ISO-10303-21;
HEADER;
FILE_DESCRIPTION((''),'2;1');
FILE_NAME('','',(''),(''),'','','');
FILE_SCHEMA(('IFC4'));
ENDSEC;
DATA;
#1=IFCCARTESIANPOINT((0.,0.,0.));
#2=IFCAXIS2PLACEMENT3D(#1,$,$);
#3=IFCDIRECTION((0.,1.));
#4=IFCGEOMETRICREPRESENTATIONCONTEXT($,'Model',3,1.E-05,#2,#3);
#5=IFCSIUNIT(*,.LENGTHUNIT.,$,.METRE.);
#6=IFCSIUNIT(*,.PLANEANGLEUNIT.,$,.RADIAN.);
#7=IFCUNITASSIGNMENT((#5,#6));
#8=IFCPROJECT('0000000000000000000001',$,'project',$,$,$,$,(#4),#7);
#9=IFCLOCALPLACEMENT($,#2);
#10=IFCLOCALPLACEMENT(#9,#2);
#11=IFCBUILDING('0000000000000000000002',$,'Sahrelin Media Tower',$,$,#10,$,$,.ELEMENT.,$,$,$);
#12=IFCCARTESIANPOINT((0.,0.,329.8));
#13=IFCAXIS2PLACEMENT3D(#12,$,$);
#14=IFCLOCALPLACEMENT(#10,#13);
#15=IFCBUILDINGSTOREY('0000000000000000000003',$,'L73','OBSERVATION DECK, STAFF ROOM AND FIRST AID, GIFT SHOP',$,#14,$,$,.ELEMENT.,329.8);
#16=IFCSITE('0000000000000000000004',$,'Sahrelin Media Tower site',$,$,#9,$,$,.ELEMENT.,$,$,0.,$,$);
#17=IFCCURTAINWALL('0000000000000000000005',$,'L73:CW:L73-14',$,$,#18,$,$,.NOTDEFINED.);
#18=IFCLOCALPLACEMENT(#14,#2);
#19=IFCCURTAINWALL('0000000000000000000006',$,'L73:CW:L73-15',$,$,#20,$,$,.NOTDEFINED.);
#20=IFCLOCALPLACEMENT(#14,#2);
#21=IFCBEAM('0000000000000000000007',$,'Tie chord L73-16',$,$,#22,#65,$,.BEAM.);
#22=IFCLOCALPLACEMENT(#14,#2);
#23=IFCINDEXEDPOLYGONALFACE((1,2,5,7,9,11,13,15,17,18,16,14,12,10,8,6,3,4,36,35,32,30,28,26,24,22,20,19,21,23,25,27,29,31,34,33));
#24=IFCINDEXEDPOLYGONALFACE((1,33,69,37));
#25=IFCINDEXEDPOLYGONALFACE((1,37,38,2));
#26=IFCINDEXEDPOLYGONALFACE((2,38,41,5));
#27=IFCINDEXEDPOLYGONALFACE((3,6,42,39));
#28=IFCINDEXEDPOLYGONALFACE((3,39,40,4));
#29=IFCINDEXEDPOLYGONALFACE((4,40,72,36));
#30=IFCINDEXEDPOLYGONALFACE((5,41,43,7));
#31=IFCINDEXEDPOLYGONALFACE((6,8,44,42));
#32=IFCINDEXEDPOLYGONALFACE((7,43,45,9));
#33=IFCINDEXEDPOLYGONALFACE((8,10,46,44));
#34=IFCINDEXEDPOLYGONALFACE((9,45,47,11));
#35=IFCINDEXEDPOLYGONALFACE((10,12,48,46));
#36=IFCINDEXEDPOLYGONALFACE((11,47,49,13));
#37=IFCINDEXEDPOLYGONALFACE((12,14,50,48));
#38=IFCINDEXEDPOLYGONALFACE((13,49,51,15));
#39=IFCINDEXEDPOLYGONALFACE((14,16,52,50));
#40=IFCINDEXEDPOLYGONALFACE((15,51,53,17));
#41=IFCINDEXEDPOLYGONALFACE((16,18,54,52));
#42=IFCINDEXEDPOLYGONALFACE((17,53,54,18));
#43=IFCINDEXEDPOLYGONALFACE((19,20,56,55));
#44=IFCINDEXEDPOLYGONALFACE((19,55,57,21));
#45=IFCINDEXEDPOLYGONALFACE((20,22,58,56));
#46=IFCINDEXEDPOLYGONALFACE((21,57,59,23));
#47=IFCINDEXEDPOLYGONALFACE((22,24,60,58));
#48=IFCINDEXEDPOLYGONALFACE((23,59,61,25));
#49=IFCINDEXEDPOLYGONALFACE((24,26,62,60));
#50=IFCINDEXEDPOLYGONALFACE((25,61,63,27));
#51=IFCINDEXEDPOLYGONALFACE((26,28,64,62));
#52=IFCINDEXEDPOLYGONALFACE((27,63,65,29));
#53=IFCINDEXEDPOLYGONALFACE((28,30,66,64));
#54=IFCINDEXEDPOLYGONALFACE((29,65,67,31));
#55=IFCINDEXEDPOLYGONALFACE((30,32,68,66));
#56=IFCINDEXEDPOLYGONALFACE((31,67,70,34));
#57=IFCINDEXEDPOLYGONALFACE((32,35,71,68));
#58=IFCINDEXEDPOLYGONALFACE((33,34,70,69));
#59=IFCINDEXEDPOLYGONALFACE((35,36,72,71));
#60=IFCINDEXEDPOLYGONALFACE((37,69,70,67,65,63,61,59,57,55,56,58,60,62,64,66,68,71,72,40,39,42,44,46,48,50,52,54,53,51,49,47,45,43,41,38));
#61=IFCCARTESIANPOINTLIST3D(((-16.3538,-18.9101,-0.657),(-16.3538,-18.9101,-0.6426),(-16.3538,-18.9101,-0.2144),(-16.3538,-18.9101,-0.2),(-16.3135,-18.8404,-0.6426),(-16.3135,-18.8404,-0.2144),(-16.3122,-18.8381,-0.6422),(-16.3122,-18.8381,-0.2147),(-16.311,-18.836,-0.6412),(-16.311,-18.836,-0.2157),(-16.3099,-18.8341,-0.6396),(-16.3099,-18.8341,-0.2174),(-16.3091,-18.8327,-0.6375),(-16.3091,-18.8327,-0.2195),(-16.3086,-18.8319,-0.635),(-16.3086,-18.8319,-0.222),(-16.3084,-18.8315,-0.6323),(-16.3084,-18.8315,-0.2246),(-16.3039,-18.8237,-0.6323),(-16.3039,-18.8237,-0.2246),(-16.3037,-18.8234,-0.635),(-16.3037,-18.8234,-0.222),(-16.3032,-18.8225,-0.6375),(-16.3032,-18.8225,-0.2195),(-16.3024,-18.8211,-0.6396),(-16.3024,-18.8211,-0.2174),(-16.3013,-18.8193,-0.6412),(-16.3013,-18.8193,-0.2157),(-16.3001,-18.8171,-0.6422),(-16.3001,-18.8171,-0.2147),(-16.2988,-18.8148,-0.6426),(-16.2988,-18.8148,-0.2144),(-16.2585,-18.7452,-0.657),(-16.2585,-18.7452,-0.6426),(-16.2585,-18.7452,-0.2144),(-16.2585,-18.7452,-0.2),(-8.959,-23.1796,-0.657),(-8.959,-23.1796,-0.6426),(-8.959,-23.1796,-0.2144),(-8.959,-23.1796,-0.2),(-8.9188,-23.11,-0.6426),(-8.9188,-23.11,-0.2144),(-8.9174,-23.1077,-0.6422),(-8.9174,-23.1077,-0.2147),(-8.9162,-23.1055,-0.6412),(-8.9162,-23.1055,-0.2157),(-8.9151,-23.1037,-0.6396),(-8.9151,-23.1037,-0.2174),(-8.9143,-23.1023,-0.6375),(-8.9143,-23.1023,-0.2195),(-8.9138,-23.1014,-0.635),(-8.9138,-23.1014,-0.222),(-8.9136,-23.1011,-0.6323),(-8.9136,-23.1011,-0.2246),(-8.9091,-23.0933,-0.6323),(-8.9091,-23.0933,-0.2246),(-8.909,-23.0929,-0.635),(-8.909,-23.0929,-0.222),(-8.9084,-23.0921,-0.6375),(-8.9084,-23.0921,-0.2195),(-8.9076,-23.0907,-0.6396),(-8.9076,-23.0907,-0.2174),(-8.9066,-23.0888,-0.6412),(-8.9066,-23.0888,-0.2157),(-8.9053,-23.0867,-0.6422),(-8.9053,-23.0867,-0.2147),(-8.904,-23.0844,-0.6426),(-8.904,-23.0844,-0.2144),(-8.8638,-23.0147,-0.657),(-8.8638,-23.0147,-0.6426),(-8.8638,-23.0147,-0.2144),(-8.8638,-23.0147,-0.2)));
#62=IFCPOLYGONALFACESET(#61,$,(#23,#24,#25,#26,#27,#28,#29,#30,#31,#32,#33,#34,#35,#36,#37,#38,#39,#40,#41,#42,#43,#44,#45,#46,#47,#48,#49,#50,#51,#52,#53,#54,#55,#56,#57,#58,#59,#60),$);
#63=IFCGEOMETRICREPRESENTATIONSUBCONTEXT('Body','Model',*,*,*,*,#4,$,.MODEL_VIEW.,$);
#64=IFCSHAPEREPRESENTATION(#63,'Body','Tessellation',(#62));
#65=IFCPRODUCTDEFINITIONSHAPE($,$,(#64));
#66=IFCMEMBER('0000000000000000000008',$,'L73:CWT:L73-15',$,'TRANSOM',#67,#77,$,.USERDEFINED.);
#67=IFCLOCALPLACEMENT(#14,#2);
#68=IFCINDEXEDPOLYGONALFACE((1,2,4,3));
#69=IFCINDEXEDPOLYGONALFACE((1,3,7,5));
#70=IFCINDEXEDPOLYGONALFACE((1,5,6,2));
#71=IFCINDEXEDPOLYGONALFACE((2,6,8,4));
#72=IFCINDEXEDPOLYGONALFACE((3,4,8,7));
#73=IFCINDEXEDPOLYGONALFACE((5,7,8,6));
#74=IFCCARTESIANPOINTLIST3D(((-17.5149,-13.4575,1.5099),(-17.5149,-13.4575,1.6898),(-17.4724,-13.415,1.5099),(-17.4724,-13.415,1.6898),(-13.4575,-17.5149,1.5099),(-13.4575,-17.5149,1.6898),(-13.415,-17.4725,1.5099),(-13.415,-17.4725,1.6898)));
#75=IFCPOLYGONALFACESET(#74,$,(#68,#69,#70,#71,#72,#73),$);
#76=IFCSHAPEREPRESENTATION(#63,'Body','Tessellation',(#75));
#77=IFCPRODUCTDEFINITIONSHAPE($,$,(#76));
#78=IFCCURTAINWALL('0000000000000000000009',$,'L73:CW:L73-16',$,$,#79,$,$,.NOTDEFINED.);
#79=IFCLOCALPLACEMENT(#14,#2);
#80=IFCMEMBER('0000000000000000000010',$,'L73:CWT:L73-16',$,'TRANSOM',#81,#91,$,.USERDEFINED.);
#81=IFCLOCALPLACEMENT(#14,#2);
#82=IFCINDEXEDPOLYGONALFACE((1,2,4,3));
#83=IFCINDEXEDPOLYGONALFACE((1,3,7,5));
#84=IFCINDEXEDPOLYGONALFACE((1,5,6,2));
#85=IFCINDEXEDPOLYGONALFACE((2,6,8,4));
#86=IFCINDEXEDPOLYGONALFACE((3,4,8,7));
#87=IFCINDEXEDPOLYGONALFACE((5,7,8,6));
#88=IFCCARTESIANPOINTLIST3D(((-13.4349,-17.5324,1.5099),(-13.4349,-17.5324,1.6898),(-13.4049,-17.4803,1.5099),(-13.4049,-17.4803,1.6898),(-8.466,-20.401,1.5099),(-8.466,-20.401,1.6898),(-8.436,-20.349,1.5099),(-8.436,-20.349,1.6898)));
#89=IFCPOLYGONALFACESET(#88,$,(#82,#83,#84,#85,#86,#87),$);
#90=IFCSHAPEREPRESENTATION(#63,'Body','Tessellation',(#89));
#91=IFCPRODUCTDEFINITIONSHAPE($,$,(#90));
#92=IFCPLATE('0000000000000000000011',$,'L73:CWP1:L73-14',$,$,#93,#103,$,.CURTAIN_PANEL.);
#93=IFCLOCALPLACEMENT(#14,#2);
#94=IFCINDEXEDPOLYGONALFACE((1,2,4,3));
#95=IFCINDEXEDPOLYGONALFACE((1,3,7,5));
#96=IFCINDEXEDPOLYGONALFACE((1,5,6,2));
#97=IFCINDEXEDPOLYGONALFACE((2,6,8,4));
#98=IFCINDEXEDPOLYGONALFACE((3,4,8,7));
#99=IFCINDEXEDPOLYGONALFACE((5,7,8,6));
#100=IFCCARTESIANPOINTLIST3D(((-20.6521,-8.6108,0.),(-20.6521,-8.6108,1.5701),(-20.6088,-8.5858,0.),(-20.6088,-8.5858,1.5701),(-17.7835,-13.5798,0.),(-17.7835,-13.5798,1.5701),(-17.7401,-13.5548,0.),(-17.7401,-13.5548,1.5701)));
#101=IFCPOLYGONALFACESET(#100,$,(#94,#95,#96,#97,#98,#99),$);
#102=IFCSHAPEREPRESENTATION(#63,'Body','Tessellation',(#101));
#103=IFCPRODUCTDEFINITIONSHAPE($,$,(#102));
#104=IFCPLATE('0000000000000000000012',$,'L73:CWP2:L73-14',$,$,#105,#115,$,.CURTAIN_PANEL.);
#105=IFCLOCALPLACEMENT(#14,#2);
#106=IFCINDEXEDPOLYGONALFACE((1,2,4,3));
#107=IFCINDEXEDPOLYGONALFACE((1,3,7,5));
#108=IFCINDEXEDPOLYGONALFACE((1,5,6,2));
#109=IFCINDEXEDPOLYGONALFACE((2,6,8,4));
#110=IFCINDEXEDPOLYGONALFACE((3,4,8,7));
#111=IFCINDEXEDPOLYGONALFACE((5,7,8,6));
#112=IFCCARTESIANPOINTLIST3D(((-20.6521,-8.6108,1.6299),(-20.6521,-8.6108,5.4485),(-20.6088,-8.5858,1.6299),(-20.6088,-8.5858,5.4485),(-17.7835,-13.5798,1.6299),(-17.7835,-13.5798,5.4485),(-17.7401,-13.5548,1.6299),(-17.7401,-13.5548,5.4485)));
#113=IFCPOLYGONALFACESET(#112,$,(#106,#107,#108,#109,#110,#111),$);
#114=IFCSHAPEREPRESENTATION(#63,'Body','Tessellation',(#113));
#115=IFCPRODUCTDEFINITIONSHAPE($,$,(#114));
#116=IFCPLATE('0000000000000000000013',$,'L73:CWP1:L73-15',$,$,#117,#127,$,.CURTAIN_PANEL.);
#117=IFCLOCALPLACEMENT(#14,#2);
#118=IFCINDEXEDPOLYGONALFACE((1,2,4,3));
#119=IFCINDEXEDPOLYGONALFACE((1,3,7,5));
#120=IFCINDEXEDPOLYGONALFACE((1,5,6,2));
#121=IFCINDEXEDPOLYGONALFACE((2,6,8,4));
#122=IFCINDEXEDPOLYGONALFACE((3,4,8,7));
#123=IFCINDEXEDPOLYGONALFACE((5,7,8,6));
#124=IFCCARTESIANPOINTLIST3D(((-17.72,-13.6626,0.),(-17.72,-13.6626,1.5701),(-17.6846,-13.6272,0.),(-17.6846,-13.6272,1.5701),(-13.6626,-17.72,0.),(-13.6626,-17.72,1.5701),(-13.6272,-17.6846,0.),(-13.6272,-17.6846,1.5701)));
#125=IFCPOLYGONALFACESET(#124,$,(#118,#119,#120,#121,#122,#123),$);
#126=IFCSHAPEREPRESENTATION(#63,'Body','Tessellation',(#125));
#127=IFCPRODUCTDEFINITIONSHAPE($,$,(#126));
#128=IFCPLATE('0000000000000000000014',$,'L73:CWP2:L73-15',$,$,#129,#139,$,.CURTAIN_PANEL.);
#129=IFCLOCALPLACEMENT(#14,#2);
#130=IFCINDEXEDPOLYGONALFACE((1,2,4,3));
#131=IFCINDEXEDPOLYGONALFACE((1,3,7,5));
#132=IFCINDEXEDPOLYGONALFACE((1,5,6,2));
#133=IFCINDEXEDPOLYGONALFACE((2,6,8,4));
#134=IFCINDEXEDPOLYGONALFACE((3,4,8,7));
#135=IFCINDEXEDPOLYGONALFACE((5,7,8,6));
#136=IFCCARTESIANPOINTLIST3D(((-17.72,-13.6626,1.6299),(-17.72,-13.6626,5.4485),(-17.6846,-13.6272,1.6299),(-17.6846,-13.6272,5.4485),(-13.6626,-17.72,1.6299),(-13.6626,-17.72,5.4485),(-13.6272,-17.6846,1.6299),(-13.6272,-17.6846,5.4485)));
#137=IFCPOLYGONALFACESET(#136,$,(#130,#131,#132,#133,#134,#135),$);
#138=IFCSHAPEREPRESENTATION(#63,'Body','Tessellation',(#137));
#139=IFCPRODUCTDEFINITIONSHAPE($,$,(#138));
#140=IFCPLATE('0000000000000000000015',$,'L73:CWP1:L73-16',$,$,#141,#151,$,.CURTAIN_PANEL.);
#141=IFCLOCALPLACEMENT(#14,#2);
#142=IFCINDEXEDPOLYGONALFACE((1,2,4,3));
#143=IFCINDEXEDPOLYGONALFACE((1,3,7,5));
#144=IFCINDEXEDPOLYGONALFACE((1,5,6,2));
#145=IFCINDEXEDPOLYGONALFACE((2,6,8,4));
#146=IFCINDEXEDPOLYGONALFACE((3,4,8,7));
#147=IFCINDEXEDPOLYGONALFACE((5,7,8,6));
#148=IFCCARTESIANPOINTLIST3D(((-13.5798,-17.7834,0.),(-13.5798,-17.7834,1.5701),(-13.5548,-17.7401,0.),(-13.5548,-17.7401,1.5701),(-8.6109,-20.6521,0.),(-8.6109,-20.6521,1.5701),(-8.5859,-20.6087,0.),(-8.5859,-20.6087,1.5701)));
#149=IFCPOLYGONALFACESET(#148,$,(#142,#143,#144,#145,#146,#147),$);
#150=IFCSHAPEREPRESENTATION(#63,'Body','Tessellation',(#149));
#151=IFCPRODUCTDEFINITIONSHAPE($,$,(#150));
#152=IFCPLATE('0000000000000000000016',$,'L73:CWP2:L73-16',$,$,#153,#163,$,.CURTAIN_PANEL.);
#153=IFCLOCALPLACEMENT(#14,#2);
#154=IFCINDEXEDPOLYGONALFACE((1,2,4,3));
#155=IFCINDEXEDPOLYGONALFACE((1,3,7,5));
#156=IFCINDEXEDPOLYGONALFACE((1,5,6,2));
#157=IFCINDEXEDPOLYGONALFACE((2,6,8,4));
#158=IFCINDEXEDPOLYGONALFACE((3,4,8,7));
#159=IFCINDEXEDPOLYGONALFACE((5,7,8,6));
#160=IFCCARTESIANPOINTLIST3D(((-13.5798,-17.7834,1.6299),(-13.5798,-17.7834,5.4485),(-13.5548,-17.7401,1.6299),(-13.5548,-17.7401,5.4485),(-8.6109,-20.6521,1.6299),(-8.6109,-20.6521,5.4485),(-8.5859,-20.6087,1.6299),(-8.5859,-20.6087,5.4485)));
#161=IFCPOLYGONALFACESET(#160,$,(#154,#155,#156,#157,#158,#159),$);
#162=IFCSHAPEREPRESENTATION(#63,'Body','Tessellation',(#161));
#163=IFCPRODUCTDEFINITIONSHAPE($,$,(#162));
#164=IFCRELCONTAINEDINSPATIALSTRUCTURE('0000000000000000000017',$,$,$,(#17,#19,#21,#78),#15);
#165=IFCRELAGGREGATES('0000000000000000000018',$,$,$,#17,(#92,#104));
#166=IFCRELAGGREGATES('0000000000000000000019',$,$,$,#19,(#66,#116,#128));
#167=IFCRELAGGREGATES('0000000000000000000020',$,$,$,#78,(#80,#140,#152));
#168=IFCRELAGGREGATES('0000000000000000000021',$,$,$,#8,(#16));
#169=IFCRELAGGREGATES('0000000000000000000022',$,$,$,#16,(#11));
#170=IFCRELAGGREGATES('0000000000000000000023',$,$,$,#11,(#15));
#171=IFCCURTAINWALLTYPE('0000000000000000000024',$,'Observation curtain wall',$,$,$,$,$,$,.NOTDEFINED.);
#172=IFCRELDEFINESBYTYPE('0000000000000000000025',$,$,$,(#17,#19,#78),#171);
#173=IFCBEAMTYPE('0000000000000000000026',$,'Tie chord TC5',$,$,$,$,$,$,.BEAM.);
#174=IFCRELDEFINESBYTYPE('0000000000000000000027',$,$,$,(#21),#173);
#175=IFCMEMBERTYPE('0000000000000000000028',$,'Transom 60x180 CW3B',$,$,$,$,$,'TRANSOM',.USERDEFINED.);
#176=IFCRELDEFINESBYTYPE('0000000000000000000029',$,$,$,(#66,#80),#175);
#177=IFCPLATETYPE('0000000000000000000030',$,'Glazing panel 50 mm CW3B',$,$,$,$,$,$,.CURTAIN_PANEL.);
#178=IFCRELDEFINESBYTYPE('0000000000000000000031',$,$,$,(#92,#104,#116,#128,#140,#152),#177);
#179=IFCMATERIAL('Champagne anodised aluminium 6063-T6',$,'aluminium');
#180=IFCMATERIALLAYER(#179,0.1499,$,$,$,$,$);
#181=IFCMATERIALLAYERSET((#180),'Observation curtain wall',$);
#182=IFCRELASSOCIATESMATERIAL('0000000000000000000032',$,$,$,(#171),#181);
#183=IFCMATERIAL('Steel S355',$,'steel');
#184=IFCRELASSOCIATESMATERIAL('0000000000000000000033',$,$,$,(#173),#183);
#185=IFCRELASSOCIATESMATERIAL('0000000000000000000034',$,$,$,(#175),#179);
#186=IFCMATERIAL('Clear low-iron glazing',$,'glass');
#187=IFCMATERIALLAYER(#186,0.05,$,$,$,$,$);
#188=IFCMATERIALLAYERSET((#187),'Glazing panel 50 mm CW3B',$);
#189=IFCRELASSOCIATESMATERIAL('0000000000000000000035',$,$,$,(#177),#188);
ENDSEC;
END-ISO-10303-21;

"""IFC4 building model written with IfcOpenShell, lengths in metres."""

from ifc_helpers import new_model, si_unit, direction, frame, origin, origin_2d, place, context, subcontext, project, spatial, polyline, rectangle, i_section, outline, extrude, material, layer, layer_set, material_profile, profile_set, type_object, element, aggregate, save


model = new_model("IFC4")

# Units and contexts
model_context = context("Model", 3, precision=1e-05, world=origin(), true_north=direction((0.0, 1.0)))
body_context = subcontext(model_context, "Body", "Model", "MODEL_VIEW")
ifc_project = project(units=[si_unit("LENGTHUNIT", "METRE"), si_unit("PLANEANGLEUNIT", "RADIAN")], contexts=[model_context])

# Site, building, storey
site_placement = place(None, origin())
site = spatial("IfcSite", under=ifc_project, at=site_placement, Name="Sahrelin Media Tower site", CompositionType="ELEMENT", RefElevation=0.0)
building_placement = place(site_placement, origin())
building = spatial("IfcBuilding", under=site, at=building_placement, Name="Sahrelin Media Tower", CompositionType="ELEMENT")
storey_placement = place(building_placement, frame((0.0, 0.0, 329.8)))
storey = spatial("IfcBuildingStorey", under=building, at=storey_placement, Name="L73", Description="OBSERVATION DECK, STAFF ROOM AND FIRST AID, GIFT SHOP", CompositionType="ELEMENT", Elevation=329.8)

# Shared definitions
ifc_material_1 = material(Name="Steel S355", Category="steel")

# Curtain walls
ifc_material_2 = material(Name="Champagne anodised aluminium 6063-T6", Category="aluminium")
ifc_layer_1 = layer(ifc_material_2, 0.1499)
ifc_layer_set_1 = layer_set([ifc_layer_1], Name="Observation curtain wall")
curtain_wall_type = type_object("IfcCurtainWallType", Name="Observation curtain wall", PredefinedType="NOTDEFINED", material=ifc_layer_set_1)
curtain_wall_1_placement = place(storey_placement, frame((-19.2004, -11.0854, 0.0), z_axis=(0.0, 0.0, 1.0), x_axis=(1.0, 0.0, 0.0)))
curtain_wall_1 = element("IfcCurtainWall", 1, at=curtain_wall_1_placement, inside=storey, type_object=curtain_wall_type, Name="L73:CW:L73-14", PredefinedType="NOTDEFINED")
curtain_wall_2_placement = place(storey_placement, frame((-15.6772, -15.6772, 0.0), z_axis=(0.0, 0.0, 1.0), x_axis=(1.0, 0.0, 0.0)))
curtain_wall_2 = element("IfcCurtainWall", 2, at=curtain_wall_2_placement, inside=storey, type_object=curtain_wall_type, Name="L73:CW:L73-15", PredefinedType="NOTDEFINED")

# Beam
ifc_material_profile_1 = material_profile(ifc_material_1, i_section(OverallWidth=0.1904, OverallDepth=0.457, WebThickness=0.009, FlangeThickness=0.0144, FilletRadius=0.0103, at=origin_2d()), Name="UB 457x191x74")
ifc_profile_set_1 = profile_set([ifc_material_profile_1], Name="Steel S355")
beam_type_1 = type_object("IfcBeamType", Name="Tie chord TC5", PredefinedType="BEAM", material=ifc_profile_set_1)
beam_1_placement = place(storey_placement, frame((-16.3062, -18.8276, -0.4285), z_axis=(0.866018, -0.500014, 0.0), x_axis=(0.500014, 0.866018, 0.0)))
element("IfcBeam", 3, at=beam_1_placement, inside=storey, type_object=beam_type_1, Name="Tie chord L73-16", PredefinedType="BEAM", context=body_context, shape_type="SweptSolid", body=[
    extrude(i_section(OverallWidth=0.1904, OverallDepth=0.457, WebThickness=0.009, FlangeThickness=0.0144, FilletRadius=0.0103, at=origin_2d()), origin(), (0.0, 0.0, 1.0), 8.5388),
])

# Member
ifc_material_profile_2 = material_profile(ifc_material_2, rectangle(XDim=0.0601, YDim=0.1799, at=origin_2d()), Name="Transom 60x180")
ifc_profile_set_2 = profile_set([ifc_material_profile_2], Name="Champagne anodised aluminium 6063-T6")
member_type_1 = type_object("IfcMemberType", Name="Transom 60x180 CW3B", ElementType="TRANSOM", PredefinedType="USERDEFINED", material=ifc_profile_set_2)
member_1_placement = place(storey_placement, frame((-17.4937, -13.4363, 1.5999), z_axis=(0.707107, -0.707107, 0.0), x_axis=(0.707107, 0.707107, 0.0)))
member_1 = element("IfcMember", 4, at=member_1_placement, type_object=member_type_1, Name="L73:CWT:L73-15", ObjectType="TRANSOM", PredefinedType="USERDEFINED", context=body_context, shape_type="SweptSolid", body=[
    extrude(rectangle(XDim=0.0601, YDim=0.1799, at=origin_2d()), origin(), (0.0, 0.0, 1.0), 5.738),
])

# Curtain wall, member
curtain_wall_3_placement = place(storey_placement, frame((-11.0854, -19.2004, 0.0), z_axis=(0.0, 0.0, 1.0), x_axis=(1.0, 0.0, 0.0)))
curtain_wall_3 = element("IfcCurtainWall", 5, at=curtain_wall_3_placement, inside=storey, type_object=curtain_wall_type, Name="L73:CW:L73-16", PredefinedType="NOTDEFINED")
member_2_placement = place(storey_placement, frame((-13.4199, -17.5063, 1.5999), z_axis=(0.86604, -0.499974, 0.0), x_axis=(0.499974, 0.86604, 0.0)))
member_2 = element("IfcMember", 6, at=member_2_placement, type_object=member_type_1, Name="L73:CWT:L73-16", ObjectType="TRANSOM", PredefinedType="USERDEFINED", context=body_context, shape_type="SweptSolid", body=[
    extrude(rectangle(XDim=0.0601, YDim=0.1799, at=origin_2d()), origin(), (0.0, 0.0, 1.0), 5.7375),
])

# Plates
ifc_material_3 = material(Name="Clear low-iron glazing", Category="glass")
ifc_layer_2 = layer(ifc_material_3, 0.05)
ifc_layer_set_2 = layer_set([ifc_layer_2], Name="Glazing panel 50 mm CW3B")
plate_type = type_object("IfcPlateType", Name="Glazing panel 50 mm CW3B", PredefinedType="CURTAIN_PANEL", material=ifc_layer_set_2)
plate_1_placement = place(storey_placement, frame((-20.6521, -8.6108, 0.0), z_axis=(-0.86604, -0.499974, 0.0), x_axis=(0.499974, -0.86604, 0.0)))
plate_1 = element("IfcPlate", 7, at=plate_1_placement, type_object=plate_type, Name="L73:CWP1:L73-14", PredefinedType="CURTAIN_PANEL", context=body_context, shape_type="SweptSolid", body=[
    extrude(outline(polyline([(0.0, 0.0), (5.7375, 0.0), (5.7375, 1.5701), (0.0, 1.5701), (0.0, 0.0)])), origin(), (0.0, 0.0, -1.0), 0.05),
])
plate_2_placement = place(storey_placement, frame((-20.6521, -8.6108, 1.6299), z_axis=(-0.86604, -0.499974, 0.0), x_axis=(0.499974, -0.86604, 0.0)))
plate_2 = element("IfcPlate", 8, at=plate_2_placement, type_object=plate_type, Name="L73:CWP2:L73-14", PredefinedType="CURTAIN_PANEL", context=body_context, shape_type="SweptSolid", body=[
    extrude(outline(polyline([(0.0, 0.0), (5.7375, 0.0), (5.7375, 3.8186), (0.0, 3.8186), (0.0, 0.0)])), origin(), (0.0, 0.0, -1.0), 0.05),
])
aggregate(curtain_wall_1, [plate_1, plate_2])
plate_3_placement = place(storey_placement, frame((-17.72, -13.6626, 0.0), z_axis=(-0.707107, -0.707107, 0.0), x_axis=(0.707107, -0.707107, 0.0)))
plate_3 = element("IfcPlate", 9, at=plate_3_placement, type_object=plate_type, Name="L73:CWP1:L73-15", PredefinedType="CURTAIN_PANEL", context=body_context, shape_type="SweptSolid", body=[
    extrude(outline(polyline([(0.0, 0.0), (5.738, 0.0), (5.738, 1.5701), (0.0, 1.5701), (0.0, 0.0)])), origin(), (0.0, 0.0, -1.0), 0.05),
])
plate_4_placement = place(storey_placement, frame((-17.72, -13.6626, 1.6299), z_axis=(-0.707107, -0.707107, 0.0), x_axis=(0.707107, -0.707107, 0.0)))
plate_4 = element("IfcPlate", 10, at=plate_4_placement, type_object=plate_type, Name="L73:CWP2:L73-15", PredefinedType="CURTAIN_PANEL", context=body_context, shape_type="SweptSolid", body=[
    extrude(outline(polyline([(0.0, 0.0), (5.738, 0.0), (5.738, 3.8186), (0.0, 3.8186), (0.0, 0.0)])), origin(), (0.0, 0.0, -1.0), 0.05),
])
aggregate(curtain_wall_2, [member_1, plate_3, plate_4])
plate_5_placement = place(storey_placement, frame((-13.5798, -17.7834, 0.0), z_axis=(-0.499974, -0.86604, 0.0), x_axis=(0.86604, -0.499974, 0.0)))
plate_5 = element("IfcPlate", 11, at=plate_5_placement, type_object=plate_type, Name="L73:CWP1:L73-16", PredefinedType="CURTAIN_PANEL", context=body_context, shape_type="SweptSolid", body=[
    extrude(outline(polyline([(0.0, 0.0), (5.7375, 0.0), (5.7375, 1.5701), (0.0, 1.5701), (0.0, 0.0)])), origin(), (0.0, 0.0, -1.0), 0.05),
])
plate_6_placement = place(storey_placement, frame((-13.5798, -17.7834, 1.6299), z_axis=(-0.499974, -0.86604, 0.0), x_axis=(0.86604, -0.499974, 0.0)))
plate_6 = element("IfcPlate", 12, at=plate_6_placement, type_object=plate_type, Name="L73:CWP2:L73-16", PredefinedType="CURTAIN_PANEL", context=body_context, shape_type="SweptSolid", body=[
    extrude(outline(polyline([(0.0, 0.0), (5.7375, 0.0), (5.7375, 3.8186), (0.0, 3.8186), (0.0, 0.0)])), origin(), (0.0, 0.0, -1.0), 0.05),
])
aggregate(curtain_wall_3, [member_2, plate_5, plate_6])

save(model, "model.ifc")
